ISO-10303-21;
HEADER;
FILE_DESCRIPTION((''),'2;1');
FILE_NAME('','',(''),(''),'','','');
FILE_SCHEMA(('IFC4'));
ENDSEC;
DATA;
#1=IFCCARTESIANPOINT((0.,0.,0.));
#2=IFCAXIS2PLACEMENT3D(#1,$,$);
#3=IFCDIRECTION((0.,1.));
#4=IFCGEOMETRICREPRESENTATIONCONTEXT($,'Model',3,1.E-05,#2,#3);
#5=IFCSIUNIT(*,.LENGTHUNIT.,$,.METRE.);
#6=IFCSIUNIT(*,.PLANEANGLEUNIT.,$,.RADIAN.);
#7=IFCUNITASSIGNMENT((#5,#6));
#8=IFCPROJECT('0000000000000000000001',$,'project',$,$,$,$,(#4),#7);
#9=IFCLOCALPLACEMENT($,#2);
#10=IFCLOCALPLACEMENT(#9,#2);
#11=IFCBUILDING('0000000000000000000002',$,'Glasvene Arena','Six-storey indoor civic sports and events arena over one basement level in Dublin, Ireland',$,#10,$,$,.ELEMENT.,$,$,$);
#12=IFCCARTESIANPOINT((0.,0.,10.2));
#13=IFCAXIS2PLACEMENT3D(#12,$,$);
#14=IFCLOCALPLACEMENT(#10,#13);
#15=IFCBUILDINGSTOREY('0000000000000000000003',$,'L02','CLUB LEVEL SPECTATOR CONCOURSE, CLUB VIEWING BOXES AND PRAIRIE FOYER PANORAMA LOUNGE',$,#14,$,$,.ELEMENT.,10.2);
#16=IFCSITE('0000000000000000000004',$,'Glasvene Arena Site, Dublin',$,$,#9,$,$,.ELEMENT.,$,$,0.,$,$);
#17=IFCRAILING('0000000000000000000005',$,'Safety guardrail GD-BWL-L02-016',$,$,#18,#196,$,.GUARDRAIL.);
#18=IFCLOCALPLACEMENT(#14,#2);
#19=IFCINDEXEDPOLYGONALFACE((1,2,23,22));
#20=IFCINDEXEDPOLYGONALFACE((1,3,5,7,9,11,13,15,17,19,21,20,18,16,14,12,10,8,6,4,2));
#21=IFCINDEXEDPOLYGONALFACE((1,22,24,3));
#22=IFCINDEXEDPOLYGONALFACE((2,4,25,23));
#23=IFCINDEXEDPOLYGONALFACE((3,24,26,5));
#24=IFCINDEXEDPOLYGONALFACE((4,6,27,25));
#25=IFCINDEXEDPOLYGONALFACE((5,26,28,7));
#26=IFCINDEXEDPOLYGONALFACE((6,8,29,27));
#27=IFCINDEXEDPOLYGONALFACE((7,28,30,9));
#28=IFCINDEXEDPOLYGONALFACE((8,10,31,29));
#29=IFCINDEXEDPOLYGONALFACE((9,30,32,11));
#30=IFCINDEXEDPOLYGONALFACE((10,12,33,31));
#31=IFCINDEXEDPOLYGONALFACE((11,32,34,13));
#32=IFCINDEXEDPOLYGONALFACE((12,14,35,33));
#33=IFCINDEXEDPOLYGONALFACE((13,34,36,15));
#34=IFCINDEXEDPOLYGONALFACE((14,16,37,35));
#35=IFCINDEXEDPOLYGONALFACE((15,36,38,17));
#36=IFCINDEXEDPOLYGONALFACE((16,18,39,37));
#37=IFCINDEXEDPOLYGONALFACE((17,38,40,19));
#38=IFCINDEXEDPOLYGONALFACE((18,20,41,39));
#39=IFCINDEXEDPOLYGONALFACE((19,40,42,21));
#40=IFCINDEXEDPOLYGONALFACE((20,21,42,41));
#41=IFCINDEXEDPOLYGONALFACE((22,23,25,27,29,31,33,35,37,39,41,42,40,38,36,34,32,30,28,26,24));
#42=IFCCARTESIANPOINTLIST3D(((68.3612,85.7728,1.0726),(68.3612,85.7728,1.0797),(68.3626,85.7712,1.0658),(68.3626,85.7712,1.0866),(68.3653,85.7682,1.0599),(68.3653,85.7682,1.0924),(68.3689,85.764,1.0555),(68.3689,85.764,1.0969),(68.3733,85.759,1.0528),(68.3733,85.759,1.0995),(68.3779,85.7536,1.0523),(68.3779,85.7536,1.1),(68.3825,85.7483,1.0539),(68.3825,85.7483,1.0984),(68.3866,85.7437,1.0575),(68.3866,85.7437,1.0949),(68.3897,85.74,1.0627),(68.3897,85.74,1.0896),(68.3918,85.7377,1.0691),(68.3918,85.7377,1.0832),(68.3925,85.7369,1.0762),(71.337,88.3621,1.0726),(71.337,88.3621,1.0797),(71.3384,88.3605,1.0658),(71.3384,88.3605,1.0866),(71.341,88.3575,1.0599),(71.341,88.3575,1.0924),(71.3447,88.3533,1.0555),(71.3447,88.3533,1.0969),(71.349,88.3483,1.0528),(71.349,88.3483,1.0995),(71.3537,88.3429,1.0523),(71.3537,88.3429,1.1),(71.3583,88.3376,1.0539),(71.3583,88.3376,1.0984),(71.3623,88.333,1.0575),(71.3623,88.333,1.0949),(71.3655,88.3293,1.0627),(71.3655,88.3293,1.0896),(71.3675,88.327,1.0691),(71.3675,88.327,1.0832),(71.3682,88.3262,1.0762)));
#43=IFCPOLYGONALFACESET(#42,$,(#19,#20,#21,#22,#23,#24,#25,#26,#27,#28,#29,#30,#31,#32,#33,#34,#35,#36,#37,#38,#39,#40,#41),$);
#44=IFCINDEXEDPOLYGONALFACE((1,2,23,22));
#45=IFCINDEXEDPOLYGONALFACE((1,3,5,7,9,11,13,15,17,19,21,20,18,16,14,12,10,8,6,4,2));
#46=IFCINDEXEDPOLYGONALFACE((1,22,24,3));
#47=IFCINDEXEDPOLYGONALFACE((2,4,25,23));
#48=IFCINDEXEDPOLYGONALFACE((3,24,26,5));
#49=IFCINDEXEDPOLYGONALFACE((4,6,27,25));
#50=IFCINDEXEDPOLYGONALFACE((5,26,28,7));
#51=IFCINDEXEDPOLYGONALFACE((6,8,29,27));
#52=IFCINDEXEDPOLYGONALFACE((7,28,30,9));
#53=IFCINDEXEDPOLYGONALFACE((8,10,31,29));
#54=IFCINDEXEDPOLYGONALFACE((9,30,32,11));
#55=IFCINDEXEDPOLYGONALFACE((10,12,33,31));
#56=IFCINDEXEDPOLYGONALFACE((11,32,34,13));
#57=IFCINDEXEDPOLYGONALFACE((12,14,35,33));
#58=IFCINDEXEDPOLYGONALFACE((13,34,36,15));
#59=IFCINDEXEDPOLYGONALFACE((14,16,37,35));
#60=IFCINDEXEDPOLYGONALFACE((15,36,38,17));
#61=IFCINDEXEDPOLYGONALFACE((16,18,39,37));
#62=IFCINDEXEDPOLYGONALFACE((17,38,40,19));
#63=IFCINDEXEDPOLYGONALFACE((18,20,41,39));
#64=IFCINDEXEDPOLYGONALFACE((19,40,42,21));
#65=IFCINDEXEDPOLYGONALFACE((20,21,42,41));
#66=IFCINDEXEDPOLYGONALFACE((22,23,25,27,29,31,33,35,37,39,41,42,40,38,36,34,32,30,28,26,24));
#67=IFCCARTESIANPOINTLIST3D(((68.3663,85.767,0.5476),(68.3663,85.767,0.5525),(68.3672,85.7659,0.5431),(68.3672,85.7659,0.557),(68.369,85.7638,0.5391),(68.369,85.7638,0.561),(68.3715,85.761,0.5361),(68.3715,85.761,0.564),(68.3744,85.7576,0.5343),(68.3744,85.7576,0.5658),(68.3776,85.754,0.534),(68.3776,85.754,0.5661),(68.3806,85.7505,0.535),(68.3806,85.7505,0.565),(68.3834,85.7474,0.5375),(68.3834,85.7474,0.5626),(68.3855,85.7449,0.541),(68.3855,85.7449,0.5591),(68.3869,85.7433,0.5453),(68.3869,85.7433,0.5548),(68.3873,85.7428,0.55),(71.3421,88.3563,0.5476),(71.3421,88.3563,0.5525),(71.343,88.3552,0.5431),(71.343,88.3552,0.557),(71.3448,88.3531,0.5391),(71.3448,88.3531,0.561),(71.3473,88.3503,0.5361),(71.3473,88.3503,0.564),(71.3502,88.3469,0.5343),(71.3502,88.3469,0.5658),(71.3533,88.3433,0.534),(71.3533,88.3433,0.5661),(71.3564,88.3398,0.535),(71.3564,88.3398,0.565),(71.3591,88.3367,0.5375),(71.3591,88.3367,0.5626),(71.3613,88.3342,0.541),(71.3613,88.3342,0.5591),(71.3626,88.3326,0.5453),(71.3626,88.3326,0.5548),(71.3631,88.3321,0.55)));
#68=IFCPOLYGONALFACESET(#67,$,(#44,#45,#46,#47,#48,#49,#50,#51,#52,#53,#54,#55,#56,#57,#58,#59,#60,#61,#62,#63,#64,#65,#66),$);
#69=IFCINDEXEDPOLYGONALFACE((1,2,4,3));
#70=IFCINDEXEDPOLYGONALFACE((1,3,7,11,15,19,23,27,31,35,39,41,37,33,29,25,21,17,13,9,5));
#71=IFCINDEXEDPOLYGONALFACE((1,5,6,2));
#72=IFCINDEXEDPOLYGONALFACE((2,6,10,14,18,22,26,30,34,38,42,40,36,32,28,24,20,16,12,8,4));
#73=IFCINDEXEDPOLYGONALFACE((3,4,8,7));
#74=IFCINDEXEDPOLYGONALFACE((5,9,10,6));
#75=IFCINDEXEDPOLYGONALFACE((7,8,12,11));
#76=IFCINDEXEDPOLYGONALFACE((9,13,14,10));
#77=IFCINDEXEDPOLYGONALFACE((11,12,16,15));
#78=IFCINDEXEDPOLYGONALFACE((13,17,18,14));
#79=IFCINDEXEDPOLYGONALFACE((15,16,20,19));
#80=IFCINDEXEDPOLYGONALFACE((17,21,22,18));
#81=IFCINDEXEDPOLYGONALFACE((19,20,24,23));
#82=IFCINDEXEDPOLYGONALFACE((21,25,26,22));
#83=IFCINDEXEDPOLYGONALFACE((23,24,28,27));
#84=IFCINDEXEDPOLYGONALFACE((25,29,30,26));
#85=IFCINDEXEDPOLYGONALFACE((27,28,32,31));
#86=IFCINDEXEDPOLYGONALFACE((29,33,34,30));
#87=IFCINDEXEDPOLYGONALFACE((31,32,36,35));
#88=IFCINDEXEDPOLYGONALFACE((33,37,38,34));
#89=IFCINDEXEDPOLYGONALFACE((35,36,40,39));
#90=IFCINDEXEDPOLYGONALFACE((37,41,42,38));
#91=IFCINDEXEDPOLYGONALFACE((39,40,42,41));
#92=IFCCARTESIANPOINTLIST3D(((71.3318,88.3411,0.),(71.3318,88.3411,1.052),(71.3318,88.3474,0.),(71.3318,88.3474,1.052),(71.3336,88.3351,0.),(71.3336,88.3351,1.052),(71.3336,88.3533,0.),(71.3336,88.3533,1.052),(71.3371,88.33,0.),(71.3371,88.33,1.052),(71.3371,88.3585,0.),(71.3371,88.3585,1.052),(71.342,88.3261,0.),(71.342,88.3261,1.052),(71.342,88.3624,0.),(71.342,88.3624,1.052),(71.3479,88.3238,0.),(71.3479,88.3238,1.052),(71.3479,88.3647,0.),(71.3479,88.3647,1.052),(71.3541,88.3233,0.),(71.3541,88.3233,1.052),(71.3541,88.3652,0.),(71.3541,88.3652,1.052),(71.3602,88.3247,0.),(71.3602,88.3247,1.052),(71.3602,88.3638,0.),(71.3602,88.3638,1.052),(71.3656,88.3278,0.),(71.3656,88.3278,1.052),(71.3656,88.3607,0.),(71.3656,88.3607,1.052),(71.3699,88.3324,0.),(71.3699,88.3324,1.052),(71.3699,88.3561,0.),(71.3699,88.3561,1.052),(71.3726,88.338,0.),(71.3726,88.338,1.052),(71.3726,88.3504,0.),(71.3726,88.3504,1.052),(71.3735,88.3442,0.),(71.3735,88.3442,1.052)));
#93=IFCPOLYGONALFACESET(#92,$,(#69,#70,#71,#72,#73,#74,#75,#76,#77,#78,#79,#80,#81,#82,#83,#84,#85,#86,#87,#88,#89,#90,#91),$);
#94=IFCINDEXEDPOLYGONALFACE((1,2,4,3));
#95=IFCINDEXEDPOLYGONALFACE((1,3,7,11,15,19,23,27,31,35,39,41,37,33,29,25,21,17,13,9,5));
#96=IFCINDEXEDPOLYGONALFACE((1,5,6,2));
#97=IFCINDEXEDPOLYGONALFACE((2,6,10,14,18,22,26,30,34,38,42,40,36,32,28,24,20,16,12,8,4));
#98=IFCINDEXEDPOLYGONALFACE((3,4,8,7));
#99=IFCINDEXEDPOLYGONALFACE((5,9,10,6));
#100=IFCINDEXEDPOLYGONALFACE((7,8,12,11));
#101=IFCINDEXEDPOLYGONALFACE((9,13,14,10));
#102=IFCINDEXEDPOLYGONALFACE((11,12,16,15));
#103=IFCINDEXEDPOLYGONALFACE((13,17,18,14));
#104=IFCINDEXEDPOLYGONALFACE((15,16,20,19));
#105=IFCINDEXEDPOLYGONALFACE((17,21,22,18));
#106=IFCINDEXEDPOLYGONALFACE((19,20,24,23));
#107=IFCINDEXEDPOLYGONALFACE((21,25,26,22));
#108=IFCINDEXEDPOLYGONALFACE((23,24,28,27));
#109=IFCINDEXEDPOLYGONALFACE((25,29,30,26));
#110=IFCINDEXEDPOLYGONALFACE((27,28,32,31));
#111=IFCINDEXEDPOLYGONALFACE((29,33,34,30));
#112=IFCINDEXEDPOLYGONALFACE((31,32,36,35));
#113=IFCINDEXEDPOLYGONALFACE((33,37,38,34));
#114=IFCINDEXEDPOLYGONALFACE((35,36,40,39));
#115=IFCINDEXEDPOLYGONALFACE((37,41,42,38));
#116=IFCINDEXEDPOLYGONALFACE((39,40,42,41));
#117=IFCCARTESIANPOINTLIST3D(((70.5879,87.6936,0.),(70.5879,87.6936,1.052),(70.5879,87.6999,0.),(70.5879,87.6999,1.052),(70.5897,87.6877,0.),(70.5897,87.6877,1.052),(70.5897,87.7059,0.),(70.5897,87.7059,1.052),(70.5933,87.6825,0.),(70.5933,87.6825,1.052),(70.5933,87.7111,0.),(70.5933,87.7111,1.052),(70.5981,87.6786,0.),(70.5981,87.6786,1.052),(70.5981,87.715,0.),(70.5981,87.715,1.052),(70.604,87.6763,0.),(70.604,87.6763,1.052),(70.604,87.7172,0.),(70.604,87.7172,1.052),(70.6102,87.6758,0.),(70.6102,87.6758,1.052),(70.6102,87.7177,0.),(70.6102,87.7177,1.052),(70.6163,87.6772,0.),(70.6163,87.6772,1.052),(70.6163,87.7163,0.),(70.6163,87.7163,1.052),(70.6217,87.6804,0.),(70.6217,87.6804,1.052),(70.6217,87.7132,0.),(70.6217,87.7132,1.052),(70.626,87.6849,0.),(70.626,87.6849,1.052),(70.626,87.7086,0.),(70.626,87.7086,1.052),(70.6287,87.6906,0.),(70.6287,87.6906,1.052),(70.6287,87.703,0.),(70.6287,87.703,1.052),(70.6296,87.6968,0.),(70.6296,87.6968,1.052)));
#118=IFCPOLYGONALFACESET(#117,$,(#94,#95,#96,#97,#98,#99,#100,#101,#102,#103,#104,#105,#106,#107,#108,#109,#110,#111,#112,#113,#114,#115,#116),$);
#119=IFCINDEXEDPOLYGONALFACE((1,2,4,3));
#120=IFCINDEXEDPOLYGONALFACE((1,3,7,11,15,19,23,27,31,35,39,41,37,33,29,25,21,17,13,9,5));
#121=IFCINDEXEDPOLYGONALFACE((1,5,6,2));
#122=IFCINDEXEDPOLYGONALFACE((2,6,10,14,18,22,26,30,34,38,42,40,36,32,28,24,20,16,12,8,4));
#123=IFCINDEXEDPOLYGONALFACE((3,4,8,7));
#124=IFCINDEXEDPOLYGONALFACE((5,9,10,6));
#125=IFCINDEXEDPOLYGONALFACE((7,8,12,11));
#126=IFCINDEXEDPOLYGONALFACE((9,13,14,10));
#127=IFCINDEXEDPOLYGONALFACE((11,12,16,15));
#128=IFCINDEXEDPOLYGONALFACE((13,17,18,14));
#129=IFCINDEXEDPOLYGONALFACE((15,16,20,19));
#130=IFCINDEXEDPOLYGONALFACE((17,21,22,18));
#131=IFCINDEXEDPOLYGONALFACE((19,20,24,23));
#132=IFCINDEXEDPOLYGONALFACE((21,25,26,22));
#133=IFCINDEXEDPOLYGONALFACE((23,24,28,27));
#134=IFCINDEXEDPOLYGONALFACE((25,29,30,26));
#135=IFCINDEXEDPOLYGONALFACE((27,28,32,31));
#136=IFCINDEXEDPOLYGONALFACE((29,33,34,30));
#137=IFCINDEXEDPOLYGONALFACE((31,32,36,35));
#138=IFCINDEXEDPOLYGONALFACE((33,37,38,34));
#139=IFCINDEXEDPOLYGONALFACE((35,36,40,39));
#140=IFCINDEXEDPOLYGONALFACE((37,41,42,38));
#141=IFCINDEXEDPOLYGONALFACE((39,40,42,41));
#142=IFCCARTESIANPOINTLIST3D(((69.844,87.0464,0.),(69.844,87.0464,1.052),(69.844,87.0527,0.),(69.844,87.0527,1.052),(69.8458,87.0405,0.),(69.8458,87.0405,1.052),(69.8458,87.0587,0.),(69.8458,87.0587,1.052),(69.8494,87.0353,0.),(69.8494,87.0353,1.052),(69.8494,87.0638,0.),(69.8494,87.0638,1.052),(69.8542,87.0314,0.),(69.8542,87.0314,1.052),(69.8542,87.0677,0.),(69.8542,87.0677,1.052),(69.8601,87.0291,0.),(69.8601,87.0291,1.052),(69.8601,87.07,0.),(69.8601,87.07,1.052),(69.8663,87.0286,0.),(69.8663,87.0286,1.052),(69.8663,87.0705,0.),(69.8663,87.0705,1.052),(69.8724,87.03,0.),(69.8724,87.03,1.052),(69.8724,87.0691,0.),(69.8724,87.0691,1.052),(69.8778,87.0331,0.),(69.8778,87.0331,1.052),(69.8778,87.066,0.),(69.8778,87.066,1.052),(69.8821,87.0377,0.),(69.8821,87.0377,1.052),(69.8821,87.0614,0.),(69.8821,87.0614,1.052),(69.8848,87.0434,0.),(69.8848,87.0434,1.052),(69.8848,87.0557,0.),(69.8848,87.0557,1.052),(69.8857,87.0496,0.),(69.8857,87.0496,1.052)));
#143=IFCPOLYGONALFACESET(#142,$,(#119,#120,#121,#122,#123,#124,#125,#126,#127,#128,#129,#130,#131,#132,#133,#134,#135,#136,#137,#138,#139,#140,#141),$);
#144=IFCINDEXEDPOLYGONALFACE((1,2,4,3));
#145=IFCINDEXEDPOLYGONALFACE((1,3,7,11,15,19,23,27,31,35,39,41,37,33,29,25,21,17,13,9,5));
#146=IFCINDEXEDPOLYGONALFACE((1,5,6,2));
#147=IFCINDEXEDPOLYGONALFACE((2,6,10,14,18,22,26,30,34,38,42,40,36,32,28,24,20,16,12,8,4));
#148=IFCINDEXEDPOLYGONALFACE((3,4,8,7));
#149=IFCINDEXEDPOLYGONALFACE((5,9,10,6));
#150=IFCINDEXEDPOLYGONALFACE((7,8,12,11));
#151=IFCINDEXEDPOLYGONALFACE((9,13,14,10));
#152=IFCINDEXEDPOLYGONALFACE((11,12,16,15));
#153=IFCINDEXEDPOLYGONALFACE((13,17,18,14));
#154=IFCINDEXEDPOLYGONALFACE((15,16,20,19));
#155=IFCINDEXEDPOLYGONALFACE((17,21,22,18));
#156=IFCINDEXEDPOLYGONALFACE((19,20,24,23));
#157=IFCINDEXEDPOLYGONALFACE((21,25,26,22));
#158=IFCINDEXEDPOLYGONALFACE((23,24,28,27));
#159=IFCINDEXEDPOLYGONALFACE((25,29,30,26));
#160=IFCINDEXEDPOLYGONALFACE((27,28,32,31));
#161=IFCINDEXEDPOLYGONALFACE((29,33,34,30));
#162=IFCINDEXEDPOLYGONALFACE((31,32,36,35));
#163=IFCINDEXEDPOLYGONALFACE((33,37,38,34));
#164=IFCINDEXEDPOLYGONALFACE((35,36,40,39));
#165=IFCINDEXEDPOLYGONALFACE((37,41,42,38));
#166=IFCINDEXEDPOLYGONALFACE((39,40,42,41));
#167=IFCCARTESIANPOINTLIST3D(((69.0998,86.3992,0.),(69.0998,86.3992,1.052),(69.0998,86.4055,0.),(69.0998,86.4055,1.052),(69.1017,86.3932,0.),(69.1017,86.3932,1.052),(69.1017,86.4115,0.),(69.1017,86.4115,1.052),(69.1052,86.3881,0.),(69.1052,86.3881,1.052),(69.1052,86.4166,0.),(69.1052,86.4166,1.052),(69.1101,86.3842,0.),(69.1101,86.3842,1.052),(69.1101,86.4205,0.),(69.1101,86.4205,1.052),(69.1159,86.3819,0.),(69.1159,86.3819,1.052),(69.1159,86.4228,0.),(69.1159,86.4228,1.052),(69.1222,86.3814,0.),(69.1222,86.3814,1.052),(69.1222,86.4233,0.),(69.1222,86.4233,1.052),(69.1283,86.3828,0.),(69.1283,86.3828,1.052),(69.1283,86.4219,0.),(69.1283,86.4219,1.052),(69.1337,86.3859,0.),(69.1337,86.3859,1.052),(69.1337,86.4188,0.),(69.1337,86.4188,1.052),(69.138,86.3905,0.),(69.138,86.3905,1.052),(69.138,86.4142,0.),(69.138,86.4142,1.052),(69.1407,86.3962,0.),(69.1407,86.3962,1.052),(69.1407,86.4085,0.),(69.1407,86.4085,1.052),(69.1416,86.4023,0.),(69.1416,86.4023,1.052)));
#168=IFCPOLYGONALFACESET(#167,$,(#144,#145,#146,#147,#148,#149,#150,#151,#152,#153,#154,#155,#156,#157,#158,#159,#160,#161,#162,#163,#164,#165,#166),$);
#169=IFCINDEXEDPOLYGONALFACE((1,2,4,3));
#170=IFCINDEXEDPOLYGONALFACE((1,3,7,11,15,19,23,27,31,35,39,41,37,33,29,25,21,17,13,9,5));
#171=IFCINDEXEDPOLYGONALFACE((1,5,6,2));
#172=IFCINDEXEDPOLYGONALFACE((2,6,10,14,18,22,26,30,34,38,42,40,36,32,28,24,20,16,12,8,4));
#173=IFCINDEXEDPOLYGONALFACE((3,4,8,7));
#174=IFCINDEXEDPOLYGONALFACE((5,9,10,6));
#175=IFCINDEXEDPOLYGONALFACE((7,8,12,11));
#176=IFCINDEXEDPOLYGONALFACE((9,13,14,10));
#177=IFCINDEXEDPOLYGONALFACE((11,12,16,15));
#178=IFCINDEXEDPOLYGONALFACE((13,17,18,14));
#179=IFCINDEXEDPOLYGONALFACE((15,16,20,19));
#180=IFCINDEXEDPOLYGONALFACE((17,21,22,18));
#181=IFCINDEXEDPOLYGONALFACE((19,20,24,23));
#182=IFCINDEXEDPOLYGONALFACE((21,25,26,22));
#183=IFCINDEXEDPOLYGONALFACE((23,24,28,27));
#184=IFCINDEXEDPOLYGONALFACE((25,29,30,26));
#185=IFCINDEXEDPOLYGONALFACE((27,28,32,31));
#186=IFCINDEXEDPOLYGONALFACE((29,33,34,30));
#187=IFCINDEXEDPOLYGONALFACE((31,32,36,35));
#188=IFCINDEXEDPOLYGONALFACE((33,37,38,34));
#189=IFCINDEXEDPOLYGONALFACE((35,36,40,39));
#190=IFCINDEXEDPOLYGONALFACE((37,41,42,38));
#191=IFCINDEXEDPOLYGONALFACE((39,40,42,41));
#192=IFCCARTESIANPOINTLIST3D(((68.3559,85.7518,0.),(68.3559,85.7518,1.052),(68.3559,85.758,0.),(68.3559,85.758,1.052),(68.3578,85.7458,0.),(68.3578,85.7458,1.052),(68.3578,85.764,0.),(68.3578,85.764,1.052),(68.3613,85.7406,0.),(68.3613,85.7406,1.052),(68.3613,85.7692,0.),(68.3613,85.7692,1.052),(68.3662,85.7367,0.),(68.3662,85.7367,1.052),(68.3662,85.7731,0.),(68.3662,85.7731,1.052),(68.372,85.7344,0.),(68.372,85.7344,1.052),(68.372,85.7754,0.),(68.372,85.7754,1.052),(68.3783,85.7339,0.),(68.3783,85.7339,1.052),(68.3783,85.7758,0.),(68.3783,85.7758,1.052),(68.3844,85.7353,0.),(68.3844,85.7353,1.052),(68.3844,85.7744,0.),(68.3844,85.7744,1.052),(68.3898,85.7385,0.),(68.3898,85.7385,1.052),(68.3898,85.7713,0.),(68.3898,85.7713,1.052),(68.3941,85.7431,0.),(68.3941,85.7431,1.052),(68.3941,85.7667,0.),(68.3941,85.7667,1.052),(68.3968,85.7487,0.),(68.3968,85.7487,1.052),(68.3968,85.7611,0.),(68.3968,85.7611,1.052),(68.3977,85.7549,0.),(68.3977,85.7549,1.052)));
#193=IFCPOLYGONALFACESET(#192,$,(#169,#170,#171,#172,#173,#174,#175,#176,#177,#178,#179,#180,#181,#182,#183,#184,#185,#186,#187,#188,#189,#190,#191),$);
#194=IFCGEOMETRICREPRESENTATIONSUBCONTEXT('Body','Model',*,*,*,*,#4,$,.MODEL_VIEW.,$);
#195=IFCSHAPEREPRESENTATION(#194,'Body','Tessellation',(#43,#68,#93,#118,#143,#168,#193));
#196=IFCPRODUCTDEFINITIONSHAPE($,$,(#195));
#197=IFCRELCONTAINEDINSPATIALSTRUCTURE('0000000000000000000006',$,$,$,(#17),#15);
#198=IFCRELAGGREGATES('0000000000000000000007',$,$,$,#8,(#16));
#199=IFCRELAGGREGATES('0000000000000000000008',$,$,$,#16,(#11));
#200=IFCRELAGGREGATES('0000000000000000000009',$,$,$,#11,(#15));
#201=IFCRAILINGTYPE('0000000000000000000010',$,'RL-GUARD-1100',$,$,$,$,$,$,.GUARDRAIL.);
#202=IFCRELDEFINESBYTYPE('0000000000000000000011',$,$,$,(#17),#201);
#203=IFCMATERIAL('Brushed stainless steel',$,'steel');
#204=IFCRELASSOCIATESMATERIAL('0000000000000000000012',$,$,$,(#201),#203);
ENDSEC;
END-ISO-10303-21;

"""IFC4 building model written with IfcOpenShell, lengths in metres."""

from ifc_helpers import new_model, si_unit, direction, frame, origin, origin_2d, place, context, subcontext, project, spatial, circle, extrude, material, type_object, element, save


model = new_model("IFC4")

# Units and contexts
model_context = context("Model", 3, precision=1e-05, world=origin(), true_north=direction((0.0, 1.0)))
body_context = subcontext(model_context, "Body", "Model", "MODEL_VIEW")
ifc_project = project(units=[si_unit("LENGTHUNIT", "METRE"), si_unit("PLANEANGLEUNIT", "RADIAN")], contexts=[model_context])

# Site, building, storey
site_placement = place(None, origin())
site = spatial("IfcSite", under=ifc_project, at=site_placement, Name="Glasvene Arena Site, Dublin", CompositionType="ELEMENT", RefElevation=0.0)
building_placement = place(site_placement, origin())
building = spatial("IfcBuilding", under=site, at=building_placement, Name="Glasvene Arena", Description="Six-storey indoor civic sports and events arena over one basement level in Dublin, Ireland", CompositionType="ELEMENT")
storey_placement = place(building_placement, frame((0.0, 0.0, 10.2)))
storey = spatial("IfcBuildingStorey", under=building, at=storey_placement, Name="L02", Description="CLUB LEVEL SPECTATOR CONCOURSE, CLUB VIEWING BOXES AND PRAIRIE FOYER PANORAMA LOUNGE", CompositionType="ELEMENT", Elevation=10.2)

# Railing
ifc_material_1 = material(Name="Brushed stainless steel", Category="steel")
railing_type = type_object("IfcRailingType", Name="RL-GUARD-1100", PredefinedType="GUARDRAIL", material=ifc_material_1)
railing_1_placement = place(storey_placement, frame((71.3525, 88.3442, 0.0)))
element("IfcRailing", 1, at=railing_1_placement, inside=storey, type_object=railing_type, Name="Safety guardrail GD-BWL-L02-016", PredefinedType="GUARDRAIL", context=body_context, shape_type="SweptSolid", body=[
    extrude(circle(Radius=0.0239, at=origin_2d()), frame((0.0, 0.0, 1.0762), z_axis=(-0.754395, -0.656421, 0.0), x_axis=(0.656421, -0.754395, 0.0)), (0.0, 0.0, 1.0), 3.9446),
    extrude(circle(Radius=0.0161, at=origin_2d()), frame((0.0, 0.0, 0.55), z_axis=(-0.754395, -0.656421, 0.0), x_axis=(0.656421, -0.754395, 0.0)), (0.0, 0.0, 1.0), 3.9446),
    extrude(circle(Radius=0.021, at=origin_2d()), origin(), (0.0, 0.0, 1.0), 1.052),
    extrude(circle(Radius=0.021, at=origin_2d()), frame((-0.7439, -0.6475, 0.0)), (0.0, 0.0, 1.0), 1.052),
    extrude(circle(Radius=0.021, at=origin_2d()), frame((-1.4878, -1.2947, 0.0)), (0.0, 0.0, 1.0), 1.052),
    extrude(circle(Radius=0.021, at=origin_2d()), frame((-2.2319, -1.9419, 0.0)), (0.0, 0.0, 1.0), 1.052),
    extrude(circle(Radius=0.021, at=origin_2d()), frame((-2.9758, -2.5894, 0.0)), (0.0, 0.0, 1.0), 1.052),
])

save(model, "model.ifc")
